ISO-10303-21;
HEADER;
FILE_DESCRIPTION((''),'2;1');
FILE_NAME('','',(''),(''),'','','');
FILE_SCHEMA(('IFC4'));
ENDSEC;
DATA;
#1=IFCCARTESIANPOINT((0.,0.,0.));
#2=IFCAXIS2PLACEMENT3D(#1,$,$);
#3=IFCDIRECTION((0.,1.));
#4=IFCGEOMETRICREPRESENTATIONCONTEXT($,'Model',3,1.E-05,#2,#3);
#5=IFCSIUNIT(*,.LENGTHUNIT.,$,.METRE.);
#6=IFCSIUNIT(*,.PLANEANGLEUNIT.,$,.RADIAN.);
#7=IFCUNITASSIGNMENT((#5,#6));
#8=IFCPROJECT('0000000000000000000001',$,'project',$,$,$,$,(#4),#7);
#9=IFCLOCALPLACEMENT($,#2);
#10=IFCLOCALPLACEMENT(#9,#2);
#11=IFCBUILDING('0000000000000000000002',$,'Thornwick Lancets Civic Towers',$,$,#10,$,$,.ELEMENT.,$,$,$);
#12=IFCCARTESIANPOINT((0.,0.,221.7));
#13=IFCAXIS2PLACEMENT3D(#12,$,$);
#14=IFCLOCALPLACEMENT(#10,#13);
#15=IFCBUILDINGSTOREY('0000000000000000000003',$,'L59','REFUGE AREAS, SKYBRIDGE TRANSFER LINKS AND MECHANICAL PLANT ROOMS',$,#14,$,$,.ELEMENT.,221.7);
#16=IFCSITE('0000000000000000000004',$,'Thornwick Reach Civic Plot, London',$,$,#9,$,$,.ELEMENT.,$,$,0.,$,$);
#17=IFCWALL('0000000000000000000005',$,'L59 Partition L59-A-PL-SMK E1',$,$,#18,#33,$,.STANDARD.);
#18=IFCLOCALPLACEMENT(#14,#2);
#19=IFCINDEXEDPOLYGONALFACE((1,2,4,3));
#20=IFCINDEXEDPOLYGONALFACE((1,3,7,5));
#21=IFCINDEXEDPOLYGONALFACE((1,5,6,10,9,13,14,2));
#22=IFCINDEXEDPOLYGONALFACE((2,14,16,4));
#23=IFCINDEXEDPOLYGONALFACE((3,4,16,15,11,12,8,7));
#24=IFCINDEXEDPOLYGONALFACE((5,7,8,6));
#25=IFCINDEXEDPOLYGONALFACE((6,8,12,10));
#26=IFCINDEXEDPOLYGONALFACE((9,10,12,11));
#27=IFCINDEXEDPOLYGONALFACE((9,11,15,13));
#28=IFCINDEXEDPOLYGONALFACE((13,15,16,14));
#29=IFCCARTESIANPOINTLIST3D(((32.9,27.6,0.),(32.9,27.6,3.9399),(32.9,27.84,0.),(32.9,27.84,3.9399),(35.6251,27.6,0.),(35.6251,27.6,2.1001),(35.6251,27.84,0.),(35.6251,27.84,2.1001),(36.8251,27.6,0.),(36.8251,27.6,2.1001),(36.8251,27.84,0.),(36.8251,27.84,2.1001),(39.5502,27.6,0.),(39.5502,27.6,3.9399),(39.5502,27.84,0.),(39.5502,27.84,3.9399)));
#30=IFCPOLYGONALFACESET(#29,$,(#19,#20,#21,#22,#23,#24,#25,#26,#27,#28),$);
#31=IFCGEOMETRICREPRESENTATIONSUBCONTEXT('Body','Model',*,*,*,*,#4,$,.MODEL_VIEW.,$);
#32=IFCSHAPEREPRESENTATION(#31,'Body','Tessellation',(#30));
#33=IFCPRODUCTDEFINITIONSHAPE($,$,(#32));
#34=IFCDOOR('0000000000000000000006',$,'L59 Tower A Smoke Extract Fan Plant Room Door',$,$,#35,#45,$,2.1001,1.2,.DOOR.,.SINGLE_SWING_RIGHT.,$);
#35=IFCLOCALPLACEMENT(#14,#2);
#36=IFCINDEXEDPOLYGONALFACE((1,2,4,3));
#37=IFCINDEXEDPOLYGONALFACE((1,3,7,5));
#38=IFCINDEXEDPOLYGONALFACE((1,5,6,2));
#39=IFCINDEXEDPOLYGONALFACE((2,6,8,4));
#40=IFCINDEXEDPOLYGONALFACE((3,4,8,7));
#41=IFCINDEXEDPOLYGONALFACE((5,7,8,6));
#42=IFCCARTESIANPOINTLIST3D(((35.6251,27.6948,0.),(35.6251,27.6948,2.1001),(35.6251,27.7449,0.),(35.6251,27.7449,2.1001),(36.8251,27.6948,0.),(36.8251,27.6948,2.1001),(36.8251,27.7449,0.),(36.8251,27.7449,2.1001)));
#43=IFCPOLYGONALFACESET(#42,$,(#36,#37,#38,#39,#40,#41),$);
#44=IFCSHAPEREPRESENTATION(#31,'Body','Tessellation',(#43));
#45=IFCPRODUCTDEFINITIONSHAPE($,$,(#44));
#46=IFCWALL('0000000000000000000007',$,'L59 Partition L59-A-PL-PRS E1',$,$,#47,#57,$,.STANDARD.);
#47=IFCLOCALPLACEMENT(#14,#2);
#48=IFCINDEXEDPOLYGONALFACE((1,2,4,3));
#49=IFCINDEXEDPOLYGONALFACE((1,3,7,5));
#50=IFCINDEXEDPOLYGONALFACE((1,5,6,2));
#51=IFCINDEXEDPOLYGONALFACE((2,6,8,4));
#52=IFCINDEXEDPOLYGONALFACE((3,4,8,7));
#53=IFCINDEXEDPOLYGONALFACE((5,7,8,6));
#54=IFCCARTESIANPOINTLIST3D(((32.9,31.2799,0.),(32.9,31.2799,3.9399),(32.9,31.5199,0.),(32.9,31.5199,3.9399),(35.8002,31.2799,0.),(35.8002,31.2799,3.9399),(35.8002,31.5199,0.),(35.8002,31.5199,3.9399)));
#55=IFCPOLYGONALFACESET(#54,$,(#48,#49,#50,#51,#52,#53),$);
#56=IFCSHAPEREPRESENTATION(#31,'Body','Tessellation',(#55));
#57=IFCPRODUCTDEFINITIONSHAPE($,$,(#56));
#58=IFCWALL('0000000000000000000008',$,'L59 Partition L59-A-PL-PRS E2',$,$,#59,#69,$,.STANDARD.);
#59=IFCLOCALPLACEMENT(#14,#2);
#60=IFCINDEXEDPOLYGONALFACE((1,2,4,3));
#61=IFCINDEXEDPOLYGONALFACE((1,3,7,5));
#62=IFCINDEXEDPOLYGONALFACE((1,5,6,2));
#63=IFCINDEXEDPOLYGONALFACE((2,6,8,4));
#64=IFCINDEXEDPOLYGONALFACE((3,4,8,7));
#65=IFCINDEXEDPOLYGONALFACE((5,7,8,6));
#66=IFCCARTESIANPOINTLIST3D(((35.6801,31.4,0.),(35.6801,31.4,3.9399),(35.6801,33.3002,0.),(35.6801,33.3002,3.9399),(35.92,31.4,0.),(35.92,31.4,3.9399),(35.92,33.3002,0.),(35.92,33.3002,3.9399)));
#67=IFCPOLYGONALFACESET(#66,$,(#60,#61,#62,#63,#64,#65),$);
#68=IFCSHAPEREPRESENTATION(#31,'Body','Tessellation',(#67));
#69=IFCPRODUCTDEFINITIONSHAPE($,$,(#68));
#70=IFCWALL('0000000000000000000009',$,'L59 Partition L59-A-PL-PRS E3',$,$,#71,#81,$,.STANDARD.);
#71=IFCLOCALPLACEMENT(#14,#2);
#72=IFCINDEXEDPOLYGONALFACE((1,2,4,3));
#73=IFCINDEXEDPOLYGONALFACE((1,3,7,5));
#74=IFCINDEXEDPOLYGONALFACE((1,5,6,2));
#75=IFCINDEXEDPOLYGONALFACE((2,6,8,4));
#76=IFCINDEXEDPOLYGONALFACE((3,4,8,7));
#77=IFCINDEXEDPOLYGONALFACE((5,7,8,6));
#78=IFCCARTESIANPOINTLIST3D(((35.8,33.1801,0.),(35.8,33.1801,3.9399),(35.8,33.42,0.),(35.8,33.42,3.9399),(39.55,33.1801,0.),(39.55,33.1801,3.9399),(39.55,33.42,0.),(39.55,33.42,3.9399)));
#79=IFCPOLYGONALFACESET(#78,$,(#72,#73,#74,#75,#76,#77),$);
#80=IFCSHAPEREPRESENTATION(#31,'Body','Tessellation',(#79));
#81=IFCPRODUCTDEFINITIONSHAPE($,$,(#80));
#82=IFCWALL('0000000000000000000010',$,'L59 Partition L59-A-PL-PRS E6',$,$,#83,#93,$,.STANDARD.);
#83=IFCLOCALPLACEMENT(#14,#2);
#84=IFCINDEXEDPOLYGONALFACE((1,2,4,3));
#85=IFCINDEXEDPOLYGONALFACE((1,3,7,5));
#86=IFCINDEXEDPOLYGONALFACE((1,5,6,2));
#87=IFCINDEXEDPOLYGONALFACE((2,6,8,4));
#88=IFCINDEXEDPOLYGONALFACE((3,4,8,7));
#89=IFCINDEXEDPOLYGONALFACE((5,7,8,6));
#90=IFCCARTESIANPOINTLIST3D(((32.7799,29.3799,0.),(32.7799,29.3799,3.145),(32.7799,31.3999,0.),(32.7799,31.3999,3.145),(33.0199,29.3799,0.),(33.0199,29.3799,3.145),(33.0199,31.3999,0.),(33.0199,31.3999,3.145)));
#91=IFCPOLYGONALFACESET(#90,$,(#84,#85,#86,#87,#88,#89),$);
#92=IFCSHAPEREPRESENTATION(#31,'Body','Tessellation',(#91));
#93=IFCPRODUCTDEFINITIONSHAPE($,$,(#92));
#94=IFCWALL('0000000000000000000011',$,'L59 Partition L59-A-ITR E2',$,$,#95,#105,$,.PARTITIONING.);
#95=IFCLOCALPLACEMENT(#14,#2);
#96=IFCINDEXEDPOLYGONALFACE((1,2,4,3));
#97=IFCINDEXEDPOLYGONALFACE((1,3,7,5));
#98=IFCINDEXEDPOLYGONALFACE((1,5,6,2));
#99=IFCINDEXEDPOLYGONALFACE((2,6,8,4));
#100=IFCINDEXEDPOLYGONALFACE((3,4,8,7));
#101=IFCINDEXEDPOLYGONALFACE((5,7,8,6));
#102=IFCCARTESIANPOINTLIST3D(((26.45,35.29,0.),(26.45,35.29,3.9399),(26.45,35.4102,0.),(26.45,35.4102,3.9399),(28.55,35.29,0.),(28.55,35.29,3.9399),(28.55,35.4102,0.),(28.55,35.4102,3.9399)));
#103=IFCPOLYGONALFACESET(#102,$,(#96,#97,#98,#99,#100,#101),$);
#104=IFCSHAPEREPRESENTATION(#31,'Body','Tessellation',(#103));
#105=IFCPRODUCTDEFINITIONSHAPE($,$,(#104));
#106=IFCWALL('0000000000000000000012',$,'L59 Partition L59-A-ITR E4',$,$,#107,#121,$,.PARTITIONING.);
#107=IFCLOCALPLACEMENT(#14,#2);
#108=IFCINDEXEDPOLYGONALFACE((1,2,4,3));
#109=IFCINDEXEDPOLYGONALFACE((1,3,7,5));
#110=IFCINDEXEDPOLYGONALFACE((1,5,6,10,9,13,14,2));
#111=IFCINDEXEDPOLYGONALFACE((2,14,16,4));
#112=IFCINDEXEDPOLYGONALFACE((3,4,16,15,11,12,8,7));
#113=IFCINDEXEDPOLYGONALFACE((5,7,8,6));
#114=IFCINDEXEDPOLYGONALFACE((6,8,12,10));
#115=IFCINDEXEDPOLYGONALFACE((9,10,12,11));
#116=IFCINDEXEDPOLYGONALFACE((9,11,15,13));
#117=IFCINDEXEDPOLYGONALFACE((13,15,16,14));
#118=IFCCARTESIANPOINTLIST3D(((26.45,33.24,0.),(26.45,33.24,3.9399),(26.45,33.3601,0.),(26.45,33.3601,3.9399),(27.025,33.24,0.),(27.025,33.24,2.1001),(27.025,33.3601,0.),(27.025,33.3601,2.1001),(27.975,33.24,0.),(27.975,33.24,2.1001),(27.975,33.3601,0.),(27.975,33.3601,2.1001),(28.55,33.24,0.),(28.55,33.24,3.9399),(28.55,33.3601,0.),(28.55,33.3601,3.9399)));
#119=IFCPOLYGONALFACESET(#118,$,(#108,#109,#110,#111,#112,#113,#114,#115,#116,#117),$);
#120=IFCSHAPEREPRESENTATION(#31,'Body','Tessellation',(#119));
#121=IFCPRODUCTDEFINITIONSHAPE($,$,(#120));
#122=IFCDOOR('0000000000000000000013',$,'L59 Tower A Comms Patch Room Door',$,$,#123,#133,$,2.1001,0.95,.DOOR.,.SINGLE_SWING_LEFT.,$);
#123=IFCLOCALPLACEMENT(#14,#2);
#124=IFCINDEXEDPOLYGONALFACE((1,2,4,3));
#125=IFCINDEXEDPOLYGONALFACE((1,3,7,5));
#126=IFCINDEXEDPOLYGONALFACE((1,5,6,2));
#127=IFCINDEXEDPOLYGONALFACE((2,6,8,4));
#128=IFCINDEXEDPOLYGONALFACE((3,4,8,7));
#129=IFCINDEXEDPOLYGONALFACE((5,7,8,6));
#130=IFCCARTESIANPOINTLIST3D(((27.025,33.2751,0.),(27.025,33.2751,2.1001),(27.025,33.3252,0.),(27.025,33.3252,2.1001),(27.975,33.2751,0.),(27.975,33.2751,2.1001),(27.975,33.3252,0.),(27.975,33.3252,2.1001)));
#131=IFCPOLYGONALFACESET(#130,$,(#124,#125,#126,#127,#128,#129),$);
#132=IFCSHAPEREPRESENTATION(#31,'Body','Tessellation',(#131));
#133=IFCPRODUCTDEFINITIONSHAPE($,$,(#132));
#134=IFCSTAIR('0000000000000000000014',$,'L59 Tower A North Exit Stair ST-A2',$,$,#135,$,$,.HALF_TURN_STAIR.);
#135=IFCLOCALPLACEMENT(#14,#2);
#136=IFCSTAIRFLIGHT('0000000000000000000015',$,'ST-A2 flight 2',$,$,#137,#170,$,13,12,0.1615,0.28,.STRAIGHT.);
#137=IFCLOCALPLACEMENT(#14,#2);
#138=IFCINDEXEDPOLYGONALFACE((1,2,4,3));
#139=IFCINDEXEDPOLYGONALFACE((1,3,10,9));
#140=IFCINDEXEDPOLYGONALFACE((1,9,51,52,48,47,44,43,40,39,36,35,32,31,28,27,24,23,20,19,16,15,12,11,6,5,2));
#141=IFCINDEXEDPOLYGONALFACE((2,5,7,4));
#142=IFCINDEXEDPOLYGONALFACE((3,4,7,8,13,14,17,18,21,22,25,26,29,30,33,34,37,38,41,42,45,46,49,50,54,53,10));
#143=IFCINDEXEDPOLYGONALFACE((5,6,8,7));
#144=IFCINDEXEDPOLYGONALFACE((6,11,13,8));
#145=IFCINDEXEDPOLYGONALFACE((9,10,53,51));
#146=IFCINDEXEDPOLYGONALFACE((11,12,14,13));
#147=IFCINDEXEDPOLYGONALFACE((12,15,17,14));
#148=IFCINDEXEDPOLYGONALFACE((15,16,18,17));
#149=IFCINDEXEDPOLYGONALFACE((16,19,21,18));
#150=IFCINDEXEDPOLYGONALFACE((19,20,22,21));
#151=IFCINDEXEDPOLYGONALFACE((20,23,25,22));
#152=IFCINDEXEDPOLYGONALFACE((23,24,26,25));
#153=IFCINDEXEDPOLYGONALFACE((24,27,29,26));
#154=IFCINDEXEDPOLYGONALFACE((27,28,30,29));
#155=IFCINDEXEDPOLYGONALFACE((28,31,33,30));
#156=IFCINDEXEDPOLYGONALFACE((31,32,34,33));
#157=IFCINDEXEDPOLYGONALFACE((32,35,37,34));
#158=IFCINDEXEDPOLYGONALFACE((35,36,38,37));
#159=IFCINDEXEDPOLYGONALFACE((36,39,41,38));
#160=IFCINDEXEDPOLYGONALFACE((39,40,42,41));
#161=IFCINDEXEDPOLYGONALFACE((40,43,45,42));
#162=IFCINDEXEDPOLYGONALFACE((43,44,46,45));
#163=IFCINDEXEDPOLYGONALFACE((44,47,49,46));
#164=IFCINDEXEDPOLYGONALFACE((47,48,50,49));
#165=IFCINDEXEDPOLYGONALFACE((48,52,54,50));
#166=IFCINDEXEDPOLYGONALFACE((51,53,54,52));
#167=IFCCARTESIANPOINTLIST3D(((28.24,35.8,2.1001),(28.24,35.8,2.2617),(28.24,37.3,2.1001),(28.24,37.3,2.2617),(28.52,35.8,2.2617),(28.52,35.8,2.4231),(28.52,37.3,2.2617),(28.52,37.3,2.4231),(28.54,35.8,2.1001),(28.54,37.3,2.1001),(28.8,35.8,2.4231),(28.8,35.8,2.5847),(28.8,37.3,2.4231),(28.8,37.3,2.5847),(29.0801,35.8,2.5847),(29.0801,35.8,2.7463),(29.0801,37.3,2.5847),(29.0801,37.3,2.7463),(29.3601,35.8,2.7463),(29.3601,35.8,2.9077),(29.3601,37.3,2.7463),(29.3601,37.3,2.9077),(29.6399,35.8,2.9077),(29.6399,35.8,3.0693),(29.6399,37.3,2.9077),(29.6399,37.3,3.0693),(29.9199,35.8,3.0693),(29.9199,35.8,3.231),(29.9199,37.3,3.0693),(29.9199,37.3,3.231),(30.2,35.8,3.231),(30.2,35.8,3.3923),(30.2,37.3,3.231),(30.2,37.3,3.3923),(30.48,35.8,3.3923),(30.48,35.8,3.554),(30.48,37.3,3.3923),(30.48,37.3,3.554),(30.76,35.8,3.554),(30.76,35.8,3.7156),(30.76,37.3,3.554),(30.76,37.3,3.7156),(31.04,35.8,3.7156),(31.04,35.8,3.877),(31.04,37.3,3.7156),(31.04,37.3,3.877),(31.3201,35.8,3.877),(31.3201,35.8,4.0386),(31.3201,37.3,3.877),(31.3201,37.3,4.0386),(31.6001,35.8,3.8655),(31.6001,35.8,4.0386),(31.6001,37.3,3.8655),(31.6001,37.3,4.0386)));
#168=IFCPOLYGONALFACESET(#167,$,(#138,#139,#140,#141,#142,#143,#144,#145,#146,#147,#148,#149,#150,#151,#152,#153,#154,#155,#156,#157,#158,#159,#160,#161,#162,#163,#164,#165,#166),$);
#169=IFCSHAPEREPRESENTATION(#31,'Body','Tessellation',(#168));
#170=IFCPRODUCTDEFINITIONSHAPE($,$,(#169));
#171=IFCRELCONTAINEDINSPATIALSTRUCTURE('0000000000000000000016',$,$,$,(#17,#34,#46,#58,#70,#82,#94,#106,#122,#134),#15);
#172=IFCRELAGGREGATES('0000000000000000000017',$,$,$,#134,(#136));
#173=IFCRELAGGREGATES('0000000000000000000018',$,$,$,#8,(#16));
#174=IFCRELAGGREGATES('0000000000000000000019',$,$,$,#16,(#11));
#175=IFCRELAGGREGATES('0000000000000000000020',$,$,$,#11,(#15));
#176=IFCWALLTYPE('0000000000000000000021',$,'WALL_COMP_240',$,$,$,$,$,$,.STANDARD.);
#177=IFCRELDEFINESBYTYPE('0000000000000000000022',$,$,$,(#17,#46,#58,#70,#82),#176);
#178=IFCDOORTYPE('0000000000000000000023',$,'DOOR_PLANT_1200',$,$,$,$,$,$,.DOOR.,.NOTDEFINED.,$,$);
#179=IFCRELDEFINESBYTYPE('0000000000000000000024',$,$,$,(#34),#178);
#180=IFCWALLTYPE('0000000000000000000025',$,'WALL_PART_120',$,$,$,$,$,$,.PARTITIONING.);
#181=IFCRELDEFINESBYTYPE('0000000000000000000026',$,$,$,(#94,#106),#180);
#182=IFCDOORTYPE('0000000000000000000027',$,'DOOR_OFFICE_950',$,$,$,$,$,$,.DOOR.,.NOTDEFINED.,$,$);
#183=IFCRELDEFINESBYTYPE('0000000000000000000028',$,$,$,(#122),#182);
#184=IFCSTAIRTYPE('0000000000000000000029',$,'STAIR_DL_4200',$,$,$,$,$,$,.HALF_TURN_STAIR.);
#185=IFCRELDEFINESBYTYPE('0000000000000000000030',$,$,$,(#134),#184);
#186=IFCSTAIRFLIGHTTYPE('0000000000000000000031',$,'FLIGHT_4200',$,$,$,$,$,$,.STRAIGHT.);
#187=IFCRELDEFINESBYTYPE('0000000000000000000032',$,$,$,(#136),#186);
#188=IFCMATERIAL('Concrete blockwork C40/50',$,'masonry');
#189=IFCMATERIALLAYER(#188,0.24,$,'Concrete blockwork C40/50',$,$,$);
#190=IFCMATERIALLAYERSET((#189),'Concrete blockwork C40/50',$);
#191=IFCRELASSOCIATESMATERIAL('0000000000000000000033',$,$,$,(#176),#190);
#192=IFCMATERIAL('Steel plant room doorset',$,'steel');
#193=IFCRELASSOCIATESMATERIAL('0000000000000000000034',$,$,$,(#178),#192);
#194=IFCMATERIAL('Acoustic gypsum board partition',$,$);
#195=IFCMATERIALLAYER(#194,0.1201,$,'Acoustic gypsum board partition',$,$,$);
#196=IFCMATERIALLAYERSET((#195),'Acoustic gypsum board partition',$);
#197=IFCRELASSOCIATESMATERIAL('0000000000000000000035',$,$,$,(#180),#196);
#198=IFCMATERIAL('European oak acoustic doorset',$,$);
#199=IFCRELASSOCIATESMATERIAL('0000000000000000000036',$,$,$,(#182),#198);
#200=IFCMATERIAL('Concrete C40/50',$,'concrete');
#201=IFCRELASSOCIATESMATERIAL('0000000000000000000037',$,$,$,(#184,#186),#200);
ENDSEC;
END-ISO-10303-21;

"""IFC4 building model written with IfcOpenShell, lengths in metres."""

from ifc_helpers import new_model, si_unit, direction, frame, frame_2d, origin, place, context, subcontext, project, spatial, polyline, rectangle, outline, extrude, material, layer, layer_set, type_object, element, fill, aggregate, save


model = new_model("IFC4")

# Units and contexts
model_context = context("Model", 3, precision=1e-05, world=origin(), true_north=direction((0.0, 1.0)))
body_context = subcontext(model_context, "Body", "Model", "MODEL_VIEW")
ifc_project = project(units=[si_unit("LENGTHUNIT", "METRE"), si_unit("PLANEANGLEUNIT", "RADIAN")], contexts=[model_context])

# Site, building, storey
site_placement = place(None, origin())
site = spatial("IfcSite", under=ifc_project, at=site_placement, Name="Thornwick Reach Civic Plot, London", CompositionType="ELEMENT", RefElevation=0.0)
building_placement = place(site_placement, origin())
building = spatial("IfcBuilding", under=site, at=building_placement, Name="Thornwick Lancets Civic Towers", CompositionType="ELEMENT")
storey_placement = place(building_placement, frame((0.0, 0.0, 221.7)))
storey = spatial("IfcBuildingStorey", under=building, at=storey_placement, Name="L59", Description="REFUGE AREAS, SKYBRIDGE TRANSFER LINKS AND MECHANICAL PLANT ROOMS", CompositionType="ELEMENT", Elevation=221.7)

# Shared definitions
ifc_material_1 = material(Name="Concrete blockwork C40/50", Category="masonry")

# Wall, opening, door
ifc_layer_1 = layer(ifc_material_1, 0.24, Name="Concrete blockwork C40/50")
ifc_layer_set_1 = layer_set([ifc_layer_1], Name="Concrete blockwork C40/50")
wall_type_1 = type_object("IfcWallType", Name="WALL_COMP_240", PredefinedType="STANDARD", material=ifc_layer_set_1)
wall_1_placement = place(storey_placement, frame((32.8999, 27.72, 0.0), z_axis=(0.0, 0.0, 1.0), x_axis=(1.0, 0.0, 0.0)))
wall_1 = element("IfcWall", 1, at=wall_1_placement, inside=storey, type_object=wall_type_1, Name="L59 Partition L59-A-PL-SMK E1", PredefinedType="STANDARD", context=body_context, shape_type="SweptSolid", body=[
    extrude(rectangle(XDim=6.6501, YDim=0.24, at=frame_2d((3.3252, 0.0))), origin(), (0.0, 0.0, 1.0), 3.9399),
])
opening_1_placement = place(wall_1_placement, frame((2.7251, 0.0, 0.0)))
opening_1 = element("IfcOpeningElement", 2, at=opening_1_placement, cuts=wall_1, PredefinedType="OPENING", context=body_context, shape_type="SweptSolid", body=[
    extrude(rectangle(XDim=1.2, YDim=2.1001, at=frame_2d((0.6001, 1.05))), frame((0.0, 0.1299, 0.0), z_axis=(0.0, -1.0, 0.0), x_axis=(1.0, 0.0, 0.0)), (0.0, 0.0, 1.0), 0.26),
])
ifc_material_2 = material(Name="Steel plant room doorset", Category="steel")
door_type_1 = type_object("IfcDoorType", Name="DOOR_PLANT_1200", OperationType="NOTDEFINED", PredefinedType="DOOR", material=ifc_material_2)
door_1_placement = place(opening_1_placement, origin())
door_1 = element("IfcDoor", 3, at=door_1_placement, inside=storey, type_object=door_type_1, Name="L59 Tower A Smoke Extract Fan Plant Room Door", OperationType="SINGLE_SWING_RIGHT", OverallHeight=2.1001, OverallWidth=1.2, PredefinedType="DOOR", context=body_context, shape_type="SweptSolid", body=[
    extrude(rectangle(XDim=1.2, YDim=2.1001, at=frame_2d((0.6001, 1.05))), frame((0.0, 0.0249, 0.0), z_axis=(0.0, -1.0, 0.0), x_axis=(1.0, 0.0, 0.0)), (0.0, 0.0, 1.0), 0.05),
])
fill(opening_1, door_1)

# Walls
wall_2_placement = place(storey_placement, frame((32.8999, 31.3999, 0.0), z_axis=(0.0, 0.0, 1.0), x_axis=(1.0, 0.0, 0.0)))
element("IfcWall", 4, at=wall_2_placement, inside=storey, type_object=wall_type_1, Name="L59 Partition L59-A-PL-PRS E1", PredefinedType="STANDARD", context=body_context, shape_type="SweptSolid", body=[
    extrude(rectangle(XDim=2.9001, YDim=0.24, at=frame_2d((1.4502, 0.0))), origin(), (0.0, 0.0, 1.0), 3.9399),
])
wall_3_placement = place(storey_placement, frame((35.8, 31.3999, 0.0), z_axis=(0.0, 0.0, 1.0), x_axis=(0.0, 1.0, 0.0)))
element("IfcWall", 5, at=wall_3_placement, inside=storey, type_object=wall_type_1, Name="L59 Partition L59-A-PL-PRS E2", PredefinedType="STANDARD", context=body_context, shape_type="SweptSolid", body=[
    extrude(rectangle(XDim=1.9001, YDim=0.24, at=frame_2d((0.9502, 0.0))), origin(), (0.0, 0.0, 1.0), 3.9399),
])
wall_4_placement = place(storey_placement, frame((35.8, 33.3, 0.0), z_axis=(0.0, 0.0, 1.0), x_axis=(1.0, 0.0, 0.0)))
element("IfcWall", 6, at=wall_4_placement, inside=storey, type_object=wall_type_1, Name="L59 Partition L59-A-PL-PRS E3", PredefinedType="STANDARD", context=body_context, shape_type="SweptSolid", body=[
    extrude(rectangle(XDim=3.75, YDim=0.24, at=frame_2d((1.875, 0.0))), origin(), (0.0, 0.0, 1.0), 3.9399),
])
wall_5_placement = place(storey_placement, frame((32.8999, 29.3799, 0.0), z_axis=(0.0, 0.0, 1.0), x_axis=(0.0, 1.0, 0.0)))
element("IfcWall", 7, at=wall_5_placement, inside=storey, type_object=wall_type_1, Name="L59 Partition L59-A-PL-PRS E6", PredefinedType="STANDARD", context=body_context, shape_type="SweptSolid", body=[
    extrude(rectangle(XDim=2.02, YDim=0.24, at=frame_2d((1.01, 0.0))), origin(), (0.0, 0.0, 1.0), 3.145),
])
ifc_material_3 = material(Name="Acoustic gypsum board partition")
ifc_layer_2 = layer(ifc_material_3, 0.1201, Name="Acoustic gypsum board partition")
ifc_layer_set_2 = layer_set([ifc_layer_2], Name="Acoustic gypsum board partition")
wall_type_2 = type_object("IfcWallType", Name="WALL_PART_120", PredefinedType="PARTITIONING", material=ifc_layer_set_2)
wall_6_placement = place(storey_placement, frame((26.45, 35.3501, 0.0), z_axis=(0.0, 0.0, 1.0), x_axis=(1.0, 0.0, 0.0)))
element("IfcWall", 8, at=wall_6_placement, inside=storey, type_object=wall_type_2, Name="L59 Partition L59-A-ITR E2", PredefinedType="PARTITIONING", context=body_context, shape_type="SweptSolid", body=[
    extrude(rectangle(XDim=2.1001, YDim=0.1201, at=frame_2d((1.05, 0.0))), origin(), (0.0, 0.0, 1.0), 3.9399),
])

# Wall, opening, door
wall_7_placement = place(storey_placement, frame((28.55, 33.3, 0.0), z_axis=(0.0, 0.0, 1.0), x_axis=(-1.0, 0.0, 0.0)))
wall_7 = element("IfcWall", 9, at=wall_7_placement, inside=storey, type_object=wall_type_2, Name="L59 Partition L59-A-ITR E4", PredefinedType="PARTITIONING", context=body_context, shape_type="SweptSolid", body=[
    extrude(rectangle(XDim=2.1001, YDim=0.1201, at=frame_2d((1.05, 0.0))), origin(), (0.0, 0.0, 1.0), 3.9399),
])
opening_2_placement = place(wall_7_placement, frame((0.575, 0.0, 0.0)))
opening_2 = element("IfcOpeningElement", 10, at=opening_2_placement, cuts=wall_7, PredefinedType="OPENING", context=body_context, shape_type="SweptSolid", body=[
    extrude(rectangle(XDim=0.95, YDim=2.1001, at=frame_2d((0.4751, 1.05))), frame((0.0, 0.0701, 0.0), z_axis=(0.0, -1.0, 0.0), x_axis=(1.0, 0.0, 0.0)), (0.0, 0.0, 1.0), 0.1401),
])
ifc_material_4 = material(Name="European oak acoustic doorset")
door_type_2 = type_object("IfcDoorType", Name="DOOR_OFFICE_950", OperationType="NOTDEFINED", PredefinedType="DOOR", material=ifc_material_4)
door_2_placement = place(opening_2_placement, origin())
door_2 = element("IfcDoor", 11, at=door_2_placement, inside=storey, type_object=door_type_2, Name="L59 Tower A Comms Patch Room Door", OperationType="SINGLE_SWING_LEFT", OverallHeight=2.1001, OverallWidth=0.95, PredefinedType="DOOR", context=body_context, shape_type="SweptSolid", body=[
    extrude(rectangle(XDim=0.95, YDim=2.1001, at=frame_2d((0.4751, 1.05))), frame((0.0, 0.0249, 0.0), z_axis=(0.0, -1.0, 0.0), x_axis=(1.0, 0.0, 0.0)), (0.0, 0.0, 1.0), 0.05),
])
fill(opening_2, door_2)

# Stair, stair flight
ifc_material_5 = material(Name="Concrete C40/50", Category="concrete")
stair_type = type_object("IfcStairType", Name="STAIR_DL_4200", PredefinedType="HALF_TURN_STAIR", material=ifc_material_5)
stair_placement = place(storey_placement, origin())
stair = element("IfcStair", 12, at=stair_placement, inside=storey, type_object=stair_type, Name="L59 Tower A North Exit Stair ST-A2", PredefinedType="HALF_TURN_STAIR")
stair_flight_type = type_object("IfcStairFlightType", Name="FLIGHT_4200", PredefinedType="STRAIGHT", material=ifc_material_5)
stair_flight_placement = place(storey_placement, frame((28.24, 36.55, 2.1001), z_axis=(0.0, 0.0, 1.0), x_axis=(1.0, 0.0, 0.0)))
stair_flight = element("IfcStairFlight", 13, at=stair_flight_placement, type_object=stair_flight_type, Name="ST-A2 flight 2", NumberOfRisers=13, NumberOfTreads=12, PredefinedType="STRAIGHT", RiserHeight=0.1615, TreadLength=0.28, context=body_context, shape_type="SweptSolid", body=[
    extrude(outline(polyline([(0.0, 0.0), (0.0, 0.1616), (0.28, 0.1616), (0.28, 0.323), (0.5601, 0.323), (0.5601, 0.4846), (0.8401, 0.4846), (0.8401, 0.6462), (1.1201, 0.6462), (1.1201, 0.8076), (1.3999, 0.8076), (1.3999, 0.9692), (1.6799, 0.9692), (1.6799, 1.1309), (1.96, 1.1309), (1.96, 1.2922), (2.24, 1.2922), (2.24, 1.4539), (2.52, 1.4539), (2.52, 1.6155), (2.8, 1.6155), (2.8, 1.7769), (3.0801, 1.7769), (3.0801, 1.9385), (3.3601, 1.9385), (3.3601, 2.1001), (3.3601, 1.7654), (0.3, 0.0), (0.0, 0.0)])), frame((0.0, 0.75, 0.0), z_axis=(0.0, -1.0, 0.0), x_axis=(1.0, 0.0, 0.0)), (0.0, 0.0, 1.0), 1.5),
])
aggregate(stair, [stair_flight])

save(model, "model.ifc")
